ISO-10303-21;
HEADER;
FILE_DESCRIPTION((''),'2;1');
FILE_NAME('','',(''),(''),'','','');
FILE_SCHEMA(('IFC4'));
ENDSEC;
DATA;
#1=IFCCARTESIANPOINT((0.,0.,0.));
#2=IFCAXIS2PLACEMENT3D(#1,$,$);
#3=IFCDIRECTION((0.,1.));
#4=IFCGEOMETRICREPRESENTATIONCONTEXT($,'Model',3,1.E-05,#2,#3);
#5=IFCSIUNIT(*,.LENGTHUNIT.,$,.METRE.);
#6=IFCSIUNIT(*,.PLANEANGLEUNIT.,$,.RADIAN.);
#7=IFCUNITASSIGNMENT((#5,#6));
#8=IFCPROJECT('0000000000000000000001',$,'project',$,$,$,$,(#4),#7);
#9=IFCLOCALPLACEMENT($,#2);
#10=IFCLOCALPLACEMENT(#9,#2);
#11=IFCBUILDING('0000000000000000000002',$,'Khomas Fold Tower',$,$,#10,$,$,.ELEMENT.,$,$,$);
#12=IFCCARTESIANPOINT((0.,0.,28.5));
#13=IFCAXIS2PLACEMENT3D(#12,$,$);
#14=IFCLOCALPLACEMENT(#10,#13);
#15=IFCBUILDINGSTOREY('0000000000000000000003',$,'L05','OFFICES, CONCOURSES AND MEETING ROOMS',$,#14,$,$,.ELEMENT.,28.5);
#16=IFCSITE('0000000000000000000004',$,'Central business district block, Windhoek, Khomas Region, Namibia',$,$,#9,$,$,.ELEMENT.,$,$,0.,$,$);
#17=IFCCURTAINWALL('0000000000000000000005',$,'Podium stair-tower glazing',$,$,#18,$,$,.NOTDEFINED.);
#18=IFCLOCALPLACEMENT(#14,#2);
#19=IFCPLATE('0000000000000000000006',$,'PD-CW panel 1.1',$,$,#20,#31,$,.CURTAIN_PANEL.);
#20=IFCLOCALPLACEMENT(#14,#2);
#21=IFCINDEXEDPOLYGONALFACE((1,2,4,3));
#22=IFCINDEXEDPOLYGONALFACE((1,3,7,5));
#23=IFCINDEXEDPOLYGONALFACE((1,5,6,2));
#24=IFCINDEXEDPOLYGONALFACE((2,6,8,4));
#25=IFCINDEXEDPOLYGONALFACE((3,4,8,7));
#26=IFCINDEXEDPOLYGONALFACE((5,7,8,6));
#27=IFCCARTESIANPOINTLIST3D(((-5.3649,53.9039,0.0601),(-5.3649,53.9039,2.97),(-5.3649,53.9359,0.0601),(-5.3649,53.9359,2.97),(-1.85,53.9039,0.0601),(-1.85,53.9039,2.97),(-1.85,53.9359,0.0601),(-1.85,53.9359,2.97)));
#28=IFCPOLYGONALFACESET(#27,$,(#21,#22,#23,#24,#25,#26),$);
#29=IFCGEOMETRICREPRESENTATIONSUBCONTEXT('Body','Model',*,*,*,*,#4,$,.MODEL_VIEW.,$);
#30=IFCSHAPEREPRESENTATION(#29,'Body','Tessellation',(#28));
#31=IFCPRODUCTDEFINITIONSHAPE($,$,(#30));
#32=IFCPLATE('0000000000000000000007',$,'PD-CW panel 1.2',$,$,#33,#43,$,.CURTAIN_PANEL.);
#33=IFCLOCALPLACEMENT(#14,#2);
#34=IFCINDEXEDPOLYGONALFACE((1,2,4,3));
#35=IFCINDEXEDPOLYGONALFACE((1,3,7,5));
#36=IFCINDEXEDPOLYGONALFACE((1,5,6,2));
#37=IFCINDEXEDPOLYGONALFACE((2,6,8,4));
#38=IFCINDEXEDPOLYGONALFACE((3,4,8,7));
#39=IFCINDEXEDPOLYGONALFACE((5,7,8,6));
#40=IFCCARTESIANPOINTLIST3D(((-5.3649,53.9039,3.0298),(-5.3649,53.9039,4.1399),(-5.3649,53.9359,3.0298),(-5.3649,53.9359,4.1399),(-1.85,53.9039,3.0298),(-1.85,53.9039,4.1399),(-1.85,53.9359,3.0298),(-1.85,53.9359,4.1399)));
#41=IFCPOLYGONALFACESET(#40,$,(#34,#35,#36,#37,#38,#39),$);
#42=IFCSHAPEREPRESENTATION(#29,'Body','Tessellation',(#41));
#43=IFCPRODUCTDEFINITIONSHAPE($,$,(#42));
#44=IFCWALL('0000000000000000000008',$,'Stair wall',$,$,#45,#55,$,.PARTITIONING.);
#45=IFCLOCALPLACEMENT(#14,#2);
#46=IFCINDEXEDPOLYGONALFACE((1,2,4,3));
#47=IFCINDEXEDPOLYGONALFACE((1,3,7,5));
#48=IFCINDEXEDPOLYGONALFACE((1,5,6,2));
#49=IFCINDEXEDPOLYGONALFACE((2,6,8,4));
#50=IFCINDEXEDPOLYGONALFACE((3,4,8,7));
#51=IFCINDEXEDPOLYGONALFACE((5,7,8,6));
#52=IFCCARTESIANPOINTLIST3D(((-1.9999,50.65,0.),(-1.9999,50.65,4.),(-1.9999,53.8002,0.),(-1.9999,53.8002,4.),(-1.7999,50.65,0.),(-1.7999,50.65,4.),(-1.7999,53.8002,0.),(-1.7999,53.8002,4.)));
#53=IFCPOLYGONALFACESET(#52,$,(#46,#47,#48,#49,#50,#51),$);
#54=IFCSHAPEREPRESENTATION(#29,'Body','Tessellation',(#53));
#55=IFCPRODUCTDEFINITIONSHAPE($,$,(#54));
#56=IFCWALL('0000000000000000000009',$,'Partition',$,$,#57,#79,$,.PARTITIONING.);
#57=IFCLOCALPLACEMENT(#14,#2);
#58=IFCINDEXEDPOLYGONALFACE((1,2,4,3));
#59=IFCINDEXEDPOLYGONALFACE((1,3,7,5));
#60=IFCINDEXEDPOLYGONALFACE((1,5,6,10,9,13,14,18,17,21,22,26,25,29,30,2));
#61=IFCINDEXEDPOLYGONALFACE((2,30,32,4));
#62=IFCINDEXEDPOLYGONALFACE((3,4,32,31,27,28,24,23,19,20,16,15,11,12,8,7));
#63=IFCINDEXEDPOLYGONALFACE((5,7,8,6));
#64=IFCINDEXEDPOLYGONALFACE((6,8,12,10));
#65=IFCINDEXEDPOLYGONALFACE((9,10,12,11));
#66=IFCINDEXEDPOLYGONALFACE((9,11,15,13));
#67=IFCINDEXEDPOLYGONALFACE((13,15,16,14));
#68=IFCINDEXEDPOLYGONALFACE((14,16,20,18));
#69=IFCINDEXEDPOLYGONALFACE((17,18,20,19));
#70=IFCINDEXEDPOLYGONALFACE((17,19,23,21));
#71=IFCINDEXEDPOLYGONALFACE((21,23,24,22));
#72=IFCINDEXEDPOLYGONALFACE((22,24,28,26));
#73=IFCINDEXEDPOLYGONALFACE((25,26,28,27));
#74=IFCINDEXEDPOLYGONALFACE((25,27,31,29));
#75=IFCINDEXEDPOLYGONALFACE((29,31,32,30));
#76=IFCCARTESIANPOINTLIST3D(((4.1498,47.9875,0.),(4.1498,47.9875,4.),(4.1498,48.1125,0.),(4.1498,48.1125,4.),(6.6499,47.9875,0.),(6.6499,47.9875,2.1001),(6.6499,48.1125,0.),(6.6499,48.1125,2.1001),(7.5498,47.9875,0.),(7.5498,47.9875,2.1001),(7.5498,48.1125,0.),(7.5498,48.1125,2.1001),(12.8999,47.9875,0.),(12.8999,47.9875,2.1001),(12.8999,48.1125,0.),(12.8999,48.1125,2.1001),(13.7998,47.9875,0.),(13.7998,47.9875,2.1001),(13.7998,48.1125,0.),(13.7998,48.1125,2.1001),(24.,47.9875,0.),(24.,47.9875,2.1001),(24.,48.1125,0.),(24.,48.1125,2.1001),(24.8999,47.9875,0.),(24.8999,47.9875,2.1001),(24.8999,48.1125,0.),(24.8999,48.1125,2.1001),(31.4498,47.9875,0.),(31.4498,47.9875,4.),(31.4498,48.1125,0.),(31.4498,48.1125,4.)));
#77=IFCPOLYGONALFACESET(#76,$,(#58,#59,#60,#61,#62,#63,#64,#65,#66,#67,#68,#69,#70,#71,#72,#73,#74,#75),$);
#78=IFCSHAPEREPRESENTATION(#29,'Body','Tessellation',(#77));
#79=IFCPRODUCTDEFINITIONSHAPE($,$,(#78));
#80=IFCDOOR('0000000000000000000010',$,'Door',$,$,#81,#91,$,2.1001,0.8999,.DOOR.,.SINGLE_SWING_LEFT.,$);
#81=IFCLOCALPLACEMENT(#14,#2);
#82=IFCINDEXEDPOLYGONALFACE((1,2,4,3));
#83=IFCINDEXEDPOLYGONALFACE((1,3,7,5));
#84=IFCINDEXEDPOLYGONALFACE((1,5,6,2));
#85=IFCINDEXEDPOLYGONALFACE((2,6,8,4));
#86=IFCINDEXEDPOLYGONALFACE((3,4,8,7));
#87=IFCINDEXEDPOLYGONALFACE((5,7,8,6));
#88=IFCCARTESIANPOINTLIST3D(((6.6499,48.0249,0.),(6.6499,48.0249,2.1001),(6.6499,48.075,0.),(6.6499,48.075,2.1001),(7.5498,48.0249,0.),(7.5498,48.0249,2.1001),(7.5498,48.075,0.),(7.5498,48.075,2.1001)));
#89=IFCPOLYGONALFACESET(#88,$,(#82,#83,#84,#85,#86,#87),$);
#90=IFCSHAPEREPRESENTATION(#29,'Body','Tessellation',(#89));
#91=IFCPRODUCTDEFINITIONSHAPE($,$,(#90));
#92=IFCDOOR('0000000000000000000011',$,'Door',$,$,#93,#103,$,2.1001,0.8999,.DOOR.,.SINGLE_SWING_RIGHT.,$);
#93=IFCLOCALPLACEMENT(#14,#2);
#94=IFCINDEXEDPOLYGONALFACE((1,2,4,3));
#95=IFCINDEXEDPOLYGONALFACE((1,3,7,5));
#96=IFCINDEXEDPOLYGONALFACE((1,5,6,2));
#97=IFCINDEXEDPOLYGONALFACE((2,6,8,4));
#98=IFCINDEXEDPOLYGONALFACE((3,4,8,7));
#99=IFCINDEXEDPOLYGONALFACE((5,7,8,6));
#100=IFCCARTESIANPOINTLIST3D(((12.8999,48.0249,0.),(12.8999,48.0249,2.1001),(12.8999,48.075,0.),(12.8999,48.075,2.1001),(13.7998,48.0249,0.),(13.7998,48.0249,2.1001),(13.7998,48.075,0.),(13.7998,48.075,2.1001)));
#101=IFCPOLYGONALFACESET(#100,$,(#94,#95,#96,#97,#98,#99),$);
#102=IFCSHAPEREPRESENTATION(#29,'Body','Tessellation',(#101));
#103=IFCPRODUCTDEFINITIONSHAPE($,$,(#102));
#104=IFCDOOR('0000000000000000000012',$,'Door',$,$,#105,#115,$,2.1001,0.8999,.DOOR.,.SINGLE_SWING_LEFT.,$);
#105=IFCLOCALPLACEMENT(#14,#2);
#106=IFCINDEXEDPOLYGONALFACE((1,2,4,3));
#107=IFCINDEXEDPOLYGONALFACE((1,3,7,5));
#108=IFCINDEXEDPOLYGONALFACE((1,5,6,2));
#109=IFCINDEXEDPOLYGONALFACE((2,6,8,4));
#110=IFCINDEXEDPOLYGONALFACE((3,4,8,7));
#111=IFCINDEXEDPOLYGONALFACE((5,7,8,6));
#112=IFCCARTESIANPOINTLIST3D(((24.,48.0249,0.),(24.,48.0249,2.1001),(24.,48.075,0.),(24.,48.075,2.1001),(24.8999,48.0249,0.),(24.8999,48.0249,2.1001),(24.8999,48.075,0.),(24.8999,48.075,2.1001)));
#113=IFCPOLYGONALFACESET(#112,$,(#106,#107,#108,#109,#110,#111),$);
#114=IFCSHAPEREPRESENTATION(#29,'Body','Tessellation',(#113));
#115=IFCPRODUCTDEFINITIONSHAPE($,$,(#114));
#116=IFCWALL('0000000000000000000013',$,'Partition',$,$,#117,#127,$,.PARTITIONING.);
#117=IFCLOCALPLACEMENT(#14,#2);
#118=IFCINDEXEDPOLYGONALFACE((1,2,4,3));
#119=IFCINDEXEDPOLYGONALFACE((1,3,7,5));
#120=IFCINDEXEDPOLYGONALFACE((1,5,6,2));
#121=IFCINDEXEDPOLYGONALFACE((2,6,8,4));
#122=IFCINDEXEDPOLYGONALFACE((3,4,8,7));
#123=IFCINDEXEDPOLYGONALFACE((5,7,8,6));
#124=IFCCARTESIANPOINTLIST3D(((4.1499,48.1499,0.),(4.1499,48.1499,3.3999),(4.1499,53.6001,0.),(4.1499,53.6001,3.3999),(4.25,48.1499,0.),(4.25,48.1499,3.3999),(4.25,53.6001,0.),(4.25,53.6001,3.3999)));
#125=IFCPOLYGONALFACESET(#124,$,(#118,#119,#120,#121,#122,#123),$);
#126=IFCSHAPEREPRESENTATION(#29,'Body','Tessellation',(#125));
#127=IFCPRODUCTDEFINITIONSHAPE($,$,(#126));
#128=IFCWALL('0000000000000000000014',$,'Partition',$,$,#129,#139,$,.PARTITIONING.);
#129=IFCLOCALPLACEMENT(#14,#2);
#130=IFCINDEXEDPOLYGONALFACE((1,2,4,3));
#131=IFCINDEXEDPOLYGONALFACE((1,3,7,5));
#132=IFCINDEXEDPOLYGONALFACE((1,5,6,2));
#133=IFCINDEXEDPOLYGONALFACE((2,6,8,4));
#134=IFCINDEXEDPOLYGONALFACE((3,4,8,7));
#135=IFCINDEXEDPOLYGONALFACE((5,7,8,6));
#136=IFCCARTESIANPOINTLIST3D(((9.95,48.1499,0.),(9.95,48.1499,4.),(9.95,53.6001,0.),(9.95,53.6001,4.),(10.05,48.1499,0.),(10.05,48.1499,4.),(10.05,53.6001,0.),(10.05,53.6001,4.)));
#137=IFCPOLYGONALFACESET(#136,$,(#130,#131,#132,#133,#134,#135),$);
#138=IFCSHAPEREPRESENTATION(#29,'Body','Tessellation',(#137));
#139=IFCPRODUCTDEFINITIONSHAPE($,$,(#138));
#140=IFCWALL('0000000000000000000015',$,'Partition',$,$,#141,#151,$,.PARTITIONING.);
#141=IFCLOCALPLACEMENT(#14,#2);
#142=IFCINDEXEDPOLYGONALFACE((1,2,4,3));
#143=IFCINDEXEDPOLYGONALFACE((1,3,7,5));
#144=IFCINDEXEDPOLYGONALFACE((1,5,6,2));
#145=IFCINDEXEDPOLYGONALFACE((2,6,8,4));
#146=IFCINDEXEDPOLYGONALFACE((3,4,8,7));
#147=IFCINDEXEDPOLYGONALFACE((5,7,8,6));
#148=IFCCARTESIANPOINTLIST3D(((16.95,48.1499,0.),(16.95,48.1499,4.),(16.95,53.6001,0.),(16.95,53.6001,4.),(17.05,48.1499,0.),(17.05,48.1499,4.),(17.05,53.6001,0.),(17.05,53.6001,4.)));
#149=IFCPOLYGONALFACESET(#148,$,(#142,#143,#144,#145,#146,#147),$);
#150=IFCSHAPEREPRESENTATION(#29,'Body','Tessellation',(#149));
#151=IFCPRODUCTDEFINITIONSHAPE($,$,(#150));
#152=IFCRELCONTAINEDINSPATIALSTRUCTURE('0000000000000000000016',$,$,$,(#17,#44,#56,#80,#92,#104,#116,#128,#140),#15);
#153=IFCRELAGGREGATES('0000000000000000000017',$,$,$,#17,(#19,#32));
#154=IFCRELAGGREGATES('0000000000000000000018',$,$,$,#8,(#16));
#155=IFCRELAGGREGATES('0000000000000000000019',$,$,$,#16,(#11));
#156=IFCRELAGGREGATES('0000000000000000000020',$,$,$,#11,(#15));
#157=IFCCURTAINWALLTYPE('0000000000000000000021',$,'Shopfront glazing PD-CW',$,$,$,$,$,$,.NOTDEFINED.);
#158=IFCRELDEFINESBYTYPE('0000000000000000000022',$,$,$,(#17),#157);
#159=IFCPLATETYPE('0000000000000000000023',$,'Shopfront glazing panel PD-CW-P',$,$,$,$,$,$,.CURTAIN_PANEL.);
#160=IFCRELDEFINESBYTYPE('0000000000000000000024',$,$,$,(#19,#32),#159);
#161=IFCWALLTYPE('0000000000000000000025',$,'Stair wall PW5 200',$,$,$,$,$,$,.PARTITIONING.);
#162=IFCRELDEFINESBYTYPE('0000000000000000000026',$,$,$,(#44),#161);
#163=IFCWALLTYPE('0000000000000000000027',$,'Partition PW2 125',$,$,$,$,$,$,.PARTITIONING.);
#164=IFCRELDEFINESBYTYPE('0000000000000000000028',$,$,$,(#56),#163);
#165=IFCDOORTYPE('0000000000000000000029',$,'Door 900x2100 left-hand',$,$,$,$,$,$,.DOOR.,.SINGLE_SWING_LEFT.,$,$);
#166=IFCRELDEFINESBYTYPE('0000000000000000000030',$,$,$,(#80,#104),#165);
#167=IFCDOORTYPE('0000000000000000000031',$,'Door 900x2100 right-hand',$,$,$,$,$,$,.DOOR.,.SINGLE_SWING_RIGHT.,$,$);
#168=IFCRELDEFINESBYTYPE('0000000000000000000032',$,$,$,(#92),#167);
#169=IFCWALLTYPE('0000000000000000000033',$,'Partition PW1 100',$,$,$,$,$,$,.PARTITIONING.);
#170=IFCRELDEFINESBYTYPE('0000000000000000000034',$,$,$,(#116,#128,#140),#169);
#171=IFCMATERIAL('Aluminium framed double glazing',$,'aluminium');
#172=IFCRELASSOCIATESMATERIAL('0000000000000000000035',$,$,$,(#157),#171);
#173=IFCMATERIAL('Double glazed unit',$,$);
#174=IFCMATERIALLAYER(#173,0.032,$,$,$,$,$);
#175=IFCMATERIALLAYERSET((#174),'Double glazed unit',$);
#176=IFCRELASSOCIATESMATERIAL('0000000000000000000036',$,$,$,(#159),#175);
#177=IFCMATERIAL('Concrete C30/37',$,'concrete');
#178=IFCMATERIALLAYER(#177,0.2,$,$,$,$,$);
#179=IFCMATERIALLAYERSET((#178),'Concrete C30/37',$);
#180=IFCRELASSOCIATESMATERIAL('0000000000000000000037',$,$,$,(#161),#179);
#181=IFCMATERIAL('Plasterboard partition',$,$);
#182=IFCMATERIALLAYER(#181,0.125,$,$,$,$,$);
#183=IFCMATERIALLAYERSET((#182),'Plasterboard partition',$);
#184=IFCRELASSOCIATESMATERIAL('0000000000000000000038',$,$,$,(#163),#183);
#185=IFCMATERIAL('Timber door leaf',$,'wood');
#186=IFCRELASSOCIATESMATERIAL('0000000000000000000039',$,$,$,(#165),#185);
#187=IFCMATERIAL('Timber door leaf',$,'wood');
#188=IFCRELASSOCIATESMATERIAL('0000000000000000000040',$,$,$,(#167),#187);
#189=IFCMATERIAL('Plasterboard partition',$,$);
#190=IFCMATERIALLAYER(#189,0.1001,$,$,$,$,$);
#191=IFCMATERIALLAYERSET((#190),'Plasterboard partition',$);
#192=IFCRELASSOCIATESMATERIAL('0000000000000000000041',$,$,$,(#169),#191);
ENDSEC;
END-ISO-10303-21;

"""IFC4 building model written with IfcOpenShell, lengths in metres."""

from ifc_helpers import new_model, si_unit, direction, frame, frame_2d, origin, origin_2d, place, context, subcontext, project, spatial, rectangle, extrude, source, transform, mapped, material, layer, layer_set, type_object, element, fill, aggregate, save


model = new_model("IFC4")

# Units and contexts
model_context = context("Model", 3, precision=1e-05, world=origin(), true_north=direction((0.0, 1.0)))
body_context = subcontext(model_context, "Body", "Model", "MODEL_VIEW")
ifc_project = project(units=[si_unit("LENGTHUNIT", "METRE"), si_unit("PLANEANGLEUNIT", "RADIAN")], contexts=[model_context])

# Site, building, storey
site_placement = place(None, origin())
site = spatial("IfcSite", under=ifc_project, at=site_placement, Name="Central business district block, Windhoek, Khomas Region, Namibia", CompositionType="ELEMENT", RefElevation=0.0)
building_placement = place(site_placement, origin())
building = spatial("IfcBuilding", under=site, at=building_placement, Name="Khomas Fold Tower", CompositionType="ELEMENT")
storey_placement = place(building_placement, frame((0.0, 0.0, 28.5)))
storey = spatial("IfcBuildingStorey", under=building, at=storey_placement, Name="L05", Description="OFFICES, CONCOURSES AND MEETING ROOMS", CompositionType="ELEMENT", Elevation=28.5)

# Curtain wall
ifc_material_1 = material(Name="Aluminium framed double glazing", Category="aluminium")
curtain_wall_type = type_object("IfcCurtainWallType", Name="Shopfront glazing PD-CW", PredefinedType="NOTDEFINED", material=ifc_material_1)
curtain_wall_placement = place(storey_placement, origin())
curtain_wall = element("IfcCurtainWall", 1, at=curtain_wall_placement, inside=storey, type_object=curtain_wall_type, Name="Podium stair-tower glazing", PredefinedType="NOTDEFINED")

# Plates
ifc_material_2 = material(Name="Double glazed unit")
ifc_layer_1 = layer(ifc_material_2, 0.032)
ifc_layer_set_1 = layer_set([ifc_layer_1], Name="Double glazed unit")
plate_type_1 = type_object("IfcPlateType", Name="Shopfront glazing panel PD-CW-P", PredefinedType="CURTAIN_PANEL", material=ifc_layer_set_1)
shared_shape_1 = source(origin(), body_context, "Body", "SweptSolid", [
    extrude(rectangle(XDim=3.5149, YDim=0.032, at=origin_2d()), origin(), (0.0, 0.0, 1.0), 2.9099),
])
plate_1_placement = place(storey_placement, frame((-3.6074, 53.9199, 0.0601), z_axis=(0.0, 0.0, 1.0), x_axis=(-1.0, 0.0, 0.0)))
plate_1 = element("IfcPlate", 2, at=plate_1_placement, type_object=plate_type_1, Name="PD-CW panel 1.1", PredefinedType="CURTAIN_PANEL", context=body_context, shape_type="MappedRepresentation", body=[
    mapped(shared_shape_1, transform((0.0, 0.0, 0.0))),
])
shared_shape_2 = source(origin(), body_context, "Body", "SweptSolid", [
    extrude(rectangle(XDim=3.5149, YDim=0.032, at=origin_2d()), origin(), (0.0, 0.0, 1.0), 1.1101),
])
plate_2_placement = place(storey_placement, frame((-3.6074, 53.9199, 3.0298), z_axis=(0.0, 0.0, 1.0), x_axis=(-1.0, 0.0, 0.0)))
plate_2 = element("IfcPlate", 3, at=plate_2_placement, type_object=plate_type_1, Name="PD-CW panel 1.2", PredefinedType="CURTAIN_PANEL", context=body_context, shape_type="MappedRepresentation", body=[
    mapped(shared_shape_2, transform((0.0, 0.0, 0.0))),
])
aggregate(curtain_wall, [plate_1, plate_2])

# Wall
ifc_material_3 = material(Name="Concrete C30/37", Category="concrete")
ifc_layer_2 = layer(ifc_material_3, 0.2)
ifc_layer_set_2 = layer_set([ifc_layer_2], Name="Concrete C30/37")
wall_type_1 = type_object("IfcWallType", Name="Stair wall PW5 200", PredefinedType="PARTITIONING", material=ifc_layer_set_2)
shared_shape_3 = source(origin(), body_context, "Body", "SweptSolid", [
    extrude(rectangle(XDim=3.1501, YDim=0.2, at=frame_2d((1.5752, 0.0))), origin(), (0.0, 0.0, 1.0), 4.0),
])
wall_1_placement = place(storey_placement, frame((-1.8999, 50.6499, 0.0), z_axis=(0.0, 0.0, 1.0), x_axis=(0.0, 1.0, 0.0)))
element("IfcWall", 4, at=wall_1_placement, inside=storey, type_object=wall_type_1, Name="Stair wall", PredefinedType="PARTITIONING", context=body_context, shape_type="MappedRepresentation", body=[
    mapped(shared_shape_3, transform((0.0, 0.0, 0.0))),
])

# Wall, openings, doors
ifc_material_4 = material(Name="Plasterboard partition")
ifc_layer_3 = layer(ifc_material_4, 0.125)
ifc_layer_set_3 = layer_set([ifc_layer_3], Name="Plasterboard partition")
wall_type_2 = type_object("IfcWallType", Name="Partition PW2 125", PredefinedType="PARTITIONING", material=ifc_layer_set_3)
shared_shape_4 = source(origin(), body_context, "Body", "SweptSolid", [
    extrude(rectangle(XDim=27.3, YDim=0.125, at=frame_2d((13.6499, 0.0))), origin(), (0.0, 0.0, 1.0), 4.0),
])
wall_2_placement = place(storey_placement, frame((4.1499, 48.05, 0.0), z_axis=(0.0, 0.0, 1.0), x_axis=(1.0, 0.0, 0.0)))
wall_2 = element("IfcWall", 5, at=wall_2_placement, inside=storey, type_object=wall_type_2, Name="Partition", PredefinedType="PARTITIONING", context=body_context, shape_type="MappedRepresentation", body=[
    mapped(shared_shape_4, transform((0.0, 0.0, 0.0))),
])
shared_shape_5 = source(origin(), body_context, "Body", "SweptSolid", [
    extrude(rectangle(XDim=0.8999, YDim=2.1001, at=frame_2d((0.45, 1.05))), frame((0.0, 0.0725, 0.0), z_axis=(0.0, -1.0, 0.0), x_axis=(1.0, 0.0, 0.0)), (0.0, 0.0, 1.0), 0.145),
])
opening_1_placement = place(wall_2_placement, frame((2.5, 0.0, 0.0)))
opening_1 = element("IfcOpeningElement", 6, at=opening_1_placement, cuts=wall_2, PredefinedType="OPENING", context=body_context, shape_type="MappedRepresentation", body=[
    mapped(shared_shape_5, transform((0.0, 0.0, 0.0))),
])
opening_2_placement = place(wall_2_placement, frame((8.75, 0.0, 0.0)))
opening_2 = element("IfcOpeningElement", 7, at=opening_2_placement, cuts=wall_2, PredefinedType="OPENING", context=body_context, shape_type="MappedRepresentation", body=[
    mapped(shared_shape_5, transform((0.0, 0.0, 0.0))),
])
opening_3_placement = place(wall_2_placement, frame((19.8501, 0.0, 0.0)))
opening_3 = element("IfcOpeningElement", 8, at=opening_3_placement, cuts=wall_2, PredefinedType="OPENING", context=body_context, shape_type="MappedRepresentation", body=[
    mapped(shared_shape_5, transform((0.0, 0.0, 0.0))),
])
ifc_material_5 = material(Name="Timber door leaf", Category="wood")
door_type_1 = type_object("IfcDoorType", Name="Door 900x2100 left-hand", OperationType="SINGLE_SWING_LEFT", PredefinedType="DOOR", material=ifc_material_5)
shared_shape_6 = source(origin(), body_context, "Body", "SweptSolid", [
    extrude(rectangle(XDim=0.8999, YDim=2.1001, at=frame_2d((0.45, 1.05))), frame((0.0, 0.0249, 0.0), z_axis=(0.0, -1.0, 0.0), x_axis=(1.0, 0.0, 0.0)), (0.0, 0.0, 1.0), 0.05),
])
door_1_placement = place(opening_1_placement, origin())
door_1 = element("IfcDoor", 9, at=door_1_placement, inside=storey, type_object=door_type_1, Name="Door", OperationType="SINGLE_SWING_LEFT", OverallHeight=2.1001, OverallWidth=0.8999, PredefinedType="DOOR", context=body_context, shape_type="MappedRepresentation", body=[
    mapped(shared_shape_6, transform((0.0, 0.0, 0.0))),
])
fill(opening_1, door_1)
ifc_material_6 = material(Name="Timber door leaf", Category="wood")
door_type_2 = type_object("IfcDoorType", Name="Door 900x2100 right-hand", OperationType="SINGLE_SWING_RIGHT", PredefinedType="DOOR", material=ifc_material_6)
door_2_placement = place(opening_2_placement, origin())
door_2 = element("IfcDoor", 10, at=door_2_placement, inside=storey, type_object=door_type_2, Name="Door", OperationType="SINGLE_SWING_RIGHT", OverallHeight=2.1001, OverallWidth=0.8999, PredefinedType="DOOR", context=body_context, shape_type="MappedRepresentation", body=[
    mapped(shared_shape_6, transform((0.0, 0.0, 0.0))),
])
fill(opening_2, door_2)
door_3_placement = place(opening_3_placement, origin())
door_3 = element("IfcDoor", 11, at=door_3_placement, inside=storey, type_object=door_type_1, Name="Door", OperationType="SINGLE_SWING_LEFT", OverallHeight=2.1001, OverallWidth=0.8999, PredefinedType="DOOR", context=body_context, shape_type="MappedRepresentation", body=[
    mapped(shared_shape_6, transform((0.0, 0.0, 0.0))),
])
fill(opening_3, door_3)

# Walls
ifc_material_7 = material(Name="Plasterboard partition")
ifc_layer_4 = layer(ifc_material_7, 0.1001)
ifc_layer_set_4 = layer_set([ifc_layer_4], Name="Plasterboard partition")
wall_type_3 = type_object("IfcWallType", Name="Partition PW1 100", PredefinedType="PARTITIONING", material=ifc_layer_set_4)
shared_shape_7 = source(origin(), body_context, "Body", "SweptSolid", [
    extrude(rectangle(XDim=5.4502, YDim=0.1001, at=frame_2d((2.7251, 0.0))), origin(), (0.0, 0.0, 1.0), 3.3999),
])
wall_3_placement = place(storey_placement, frame((4.2, 48.1499, 0.0), z_axis=(0.0, 0.0, 1.0), x_axis=(0.0, 1.0, 0.0)))
element("IfcWall", 12, at=wall_3_placement, inside=storey, type_object=wall_type_3, Name="Partition", PredefinedType="PARTITIONING", context=body_context, shape_type="MappedRepresentation", body=[
    mapped(shared_shape_7, transform((0.0, 0.0, 0.0))),
])
shared_shape_8 = source(origin(), body_context, "Body", "SweptSolid", [
    extrude(rectangle(XDim=5.4502, YDim=0.1001, at=frame_2d((2.7251, 0.0))), origin(), (0.0, 0.0, 1.0), 4.0),
])
for number, where, z_axis, x_axis, name in (
    (13, (10.0, 48.1499, 0.0), (0.0, 0.0, 1.0), (0.0, 1.0, 0.0), "Partition"),
    (14, (17.0, 48.1499, 0.0), (0.0, 0.0, 1.0), (0.0, 1.0, 0.0), "Partition"),
):
    element("IfcWall", number, at=place(storey_placement, frame(where, z_axis=z_axis, x_axis=x_axis)), inside=storey, type_object=wall_type_3, Name=name, PredefinedType="PARTITIONING", context=body_context, shape_type="MappedRepresentation", body=[
        mapped(shared_shape_8, transform((0.0, 0.0, 0.0))),
    ])

save(model, "model.ifc")
